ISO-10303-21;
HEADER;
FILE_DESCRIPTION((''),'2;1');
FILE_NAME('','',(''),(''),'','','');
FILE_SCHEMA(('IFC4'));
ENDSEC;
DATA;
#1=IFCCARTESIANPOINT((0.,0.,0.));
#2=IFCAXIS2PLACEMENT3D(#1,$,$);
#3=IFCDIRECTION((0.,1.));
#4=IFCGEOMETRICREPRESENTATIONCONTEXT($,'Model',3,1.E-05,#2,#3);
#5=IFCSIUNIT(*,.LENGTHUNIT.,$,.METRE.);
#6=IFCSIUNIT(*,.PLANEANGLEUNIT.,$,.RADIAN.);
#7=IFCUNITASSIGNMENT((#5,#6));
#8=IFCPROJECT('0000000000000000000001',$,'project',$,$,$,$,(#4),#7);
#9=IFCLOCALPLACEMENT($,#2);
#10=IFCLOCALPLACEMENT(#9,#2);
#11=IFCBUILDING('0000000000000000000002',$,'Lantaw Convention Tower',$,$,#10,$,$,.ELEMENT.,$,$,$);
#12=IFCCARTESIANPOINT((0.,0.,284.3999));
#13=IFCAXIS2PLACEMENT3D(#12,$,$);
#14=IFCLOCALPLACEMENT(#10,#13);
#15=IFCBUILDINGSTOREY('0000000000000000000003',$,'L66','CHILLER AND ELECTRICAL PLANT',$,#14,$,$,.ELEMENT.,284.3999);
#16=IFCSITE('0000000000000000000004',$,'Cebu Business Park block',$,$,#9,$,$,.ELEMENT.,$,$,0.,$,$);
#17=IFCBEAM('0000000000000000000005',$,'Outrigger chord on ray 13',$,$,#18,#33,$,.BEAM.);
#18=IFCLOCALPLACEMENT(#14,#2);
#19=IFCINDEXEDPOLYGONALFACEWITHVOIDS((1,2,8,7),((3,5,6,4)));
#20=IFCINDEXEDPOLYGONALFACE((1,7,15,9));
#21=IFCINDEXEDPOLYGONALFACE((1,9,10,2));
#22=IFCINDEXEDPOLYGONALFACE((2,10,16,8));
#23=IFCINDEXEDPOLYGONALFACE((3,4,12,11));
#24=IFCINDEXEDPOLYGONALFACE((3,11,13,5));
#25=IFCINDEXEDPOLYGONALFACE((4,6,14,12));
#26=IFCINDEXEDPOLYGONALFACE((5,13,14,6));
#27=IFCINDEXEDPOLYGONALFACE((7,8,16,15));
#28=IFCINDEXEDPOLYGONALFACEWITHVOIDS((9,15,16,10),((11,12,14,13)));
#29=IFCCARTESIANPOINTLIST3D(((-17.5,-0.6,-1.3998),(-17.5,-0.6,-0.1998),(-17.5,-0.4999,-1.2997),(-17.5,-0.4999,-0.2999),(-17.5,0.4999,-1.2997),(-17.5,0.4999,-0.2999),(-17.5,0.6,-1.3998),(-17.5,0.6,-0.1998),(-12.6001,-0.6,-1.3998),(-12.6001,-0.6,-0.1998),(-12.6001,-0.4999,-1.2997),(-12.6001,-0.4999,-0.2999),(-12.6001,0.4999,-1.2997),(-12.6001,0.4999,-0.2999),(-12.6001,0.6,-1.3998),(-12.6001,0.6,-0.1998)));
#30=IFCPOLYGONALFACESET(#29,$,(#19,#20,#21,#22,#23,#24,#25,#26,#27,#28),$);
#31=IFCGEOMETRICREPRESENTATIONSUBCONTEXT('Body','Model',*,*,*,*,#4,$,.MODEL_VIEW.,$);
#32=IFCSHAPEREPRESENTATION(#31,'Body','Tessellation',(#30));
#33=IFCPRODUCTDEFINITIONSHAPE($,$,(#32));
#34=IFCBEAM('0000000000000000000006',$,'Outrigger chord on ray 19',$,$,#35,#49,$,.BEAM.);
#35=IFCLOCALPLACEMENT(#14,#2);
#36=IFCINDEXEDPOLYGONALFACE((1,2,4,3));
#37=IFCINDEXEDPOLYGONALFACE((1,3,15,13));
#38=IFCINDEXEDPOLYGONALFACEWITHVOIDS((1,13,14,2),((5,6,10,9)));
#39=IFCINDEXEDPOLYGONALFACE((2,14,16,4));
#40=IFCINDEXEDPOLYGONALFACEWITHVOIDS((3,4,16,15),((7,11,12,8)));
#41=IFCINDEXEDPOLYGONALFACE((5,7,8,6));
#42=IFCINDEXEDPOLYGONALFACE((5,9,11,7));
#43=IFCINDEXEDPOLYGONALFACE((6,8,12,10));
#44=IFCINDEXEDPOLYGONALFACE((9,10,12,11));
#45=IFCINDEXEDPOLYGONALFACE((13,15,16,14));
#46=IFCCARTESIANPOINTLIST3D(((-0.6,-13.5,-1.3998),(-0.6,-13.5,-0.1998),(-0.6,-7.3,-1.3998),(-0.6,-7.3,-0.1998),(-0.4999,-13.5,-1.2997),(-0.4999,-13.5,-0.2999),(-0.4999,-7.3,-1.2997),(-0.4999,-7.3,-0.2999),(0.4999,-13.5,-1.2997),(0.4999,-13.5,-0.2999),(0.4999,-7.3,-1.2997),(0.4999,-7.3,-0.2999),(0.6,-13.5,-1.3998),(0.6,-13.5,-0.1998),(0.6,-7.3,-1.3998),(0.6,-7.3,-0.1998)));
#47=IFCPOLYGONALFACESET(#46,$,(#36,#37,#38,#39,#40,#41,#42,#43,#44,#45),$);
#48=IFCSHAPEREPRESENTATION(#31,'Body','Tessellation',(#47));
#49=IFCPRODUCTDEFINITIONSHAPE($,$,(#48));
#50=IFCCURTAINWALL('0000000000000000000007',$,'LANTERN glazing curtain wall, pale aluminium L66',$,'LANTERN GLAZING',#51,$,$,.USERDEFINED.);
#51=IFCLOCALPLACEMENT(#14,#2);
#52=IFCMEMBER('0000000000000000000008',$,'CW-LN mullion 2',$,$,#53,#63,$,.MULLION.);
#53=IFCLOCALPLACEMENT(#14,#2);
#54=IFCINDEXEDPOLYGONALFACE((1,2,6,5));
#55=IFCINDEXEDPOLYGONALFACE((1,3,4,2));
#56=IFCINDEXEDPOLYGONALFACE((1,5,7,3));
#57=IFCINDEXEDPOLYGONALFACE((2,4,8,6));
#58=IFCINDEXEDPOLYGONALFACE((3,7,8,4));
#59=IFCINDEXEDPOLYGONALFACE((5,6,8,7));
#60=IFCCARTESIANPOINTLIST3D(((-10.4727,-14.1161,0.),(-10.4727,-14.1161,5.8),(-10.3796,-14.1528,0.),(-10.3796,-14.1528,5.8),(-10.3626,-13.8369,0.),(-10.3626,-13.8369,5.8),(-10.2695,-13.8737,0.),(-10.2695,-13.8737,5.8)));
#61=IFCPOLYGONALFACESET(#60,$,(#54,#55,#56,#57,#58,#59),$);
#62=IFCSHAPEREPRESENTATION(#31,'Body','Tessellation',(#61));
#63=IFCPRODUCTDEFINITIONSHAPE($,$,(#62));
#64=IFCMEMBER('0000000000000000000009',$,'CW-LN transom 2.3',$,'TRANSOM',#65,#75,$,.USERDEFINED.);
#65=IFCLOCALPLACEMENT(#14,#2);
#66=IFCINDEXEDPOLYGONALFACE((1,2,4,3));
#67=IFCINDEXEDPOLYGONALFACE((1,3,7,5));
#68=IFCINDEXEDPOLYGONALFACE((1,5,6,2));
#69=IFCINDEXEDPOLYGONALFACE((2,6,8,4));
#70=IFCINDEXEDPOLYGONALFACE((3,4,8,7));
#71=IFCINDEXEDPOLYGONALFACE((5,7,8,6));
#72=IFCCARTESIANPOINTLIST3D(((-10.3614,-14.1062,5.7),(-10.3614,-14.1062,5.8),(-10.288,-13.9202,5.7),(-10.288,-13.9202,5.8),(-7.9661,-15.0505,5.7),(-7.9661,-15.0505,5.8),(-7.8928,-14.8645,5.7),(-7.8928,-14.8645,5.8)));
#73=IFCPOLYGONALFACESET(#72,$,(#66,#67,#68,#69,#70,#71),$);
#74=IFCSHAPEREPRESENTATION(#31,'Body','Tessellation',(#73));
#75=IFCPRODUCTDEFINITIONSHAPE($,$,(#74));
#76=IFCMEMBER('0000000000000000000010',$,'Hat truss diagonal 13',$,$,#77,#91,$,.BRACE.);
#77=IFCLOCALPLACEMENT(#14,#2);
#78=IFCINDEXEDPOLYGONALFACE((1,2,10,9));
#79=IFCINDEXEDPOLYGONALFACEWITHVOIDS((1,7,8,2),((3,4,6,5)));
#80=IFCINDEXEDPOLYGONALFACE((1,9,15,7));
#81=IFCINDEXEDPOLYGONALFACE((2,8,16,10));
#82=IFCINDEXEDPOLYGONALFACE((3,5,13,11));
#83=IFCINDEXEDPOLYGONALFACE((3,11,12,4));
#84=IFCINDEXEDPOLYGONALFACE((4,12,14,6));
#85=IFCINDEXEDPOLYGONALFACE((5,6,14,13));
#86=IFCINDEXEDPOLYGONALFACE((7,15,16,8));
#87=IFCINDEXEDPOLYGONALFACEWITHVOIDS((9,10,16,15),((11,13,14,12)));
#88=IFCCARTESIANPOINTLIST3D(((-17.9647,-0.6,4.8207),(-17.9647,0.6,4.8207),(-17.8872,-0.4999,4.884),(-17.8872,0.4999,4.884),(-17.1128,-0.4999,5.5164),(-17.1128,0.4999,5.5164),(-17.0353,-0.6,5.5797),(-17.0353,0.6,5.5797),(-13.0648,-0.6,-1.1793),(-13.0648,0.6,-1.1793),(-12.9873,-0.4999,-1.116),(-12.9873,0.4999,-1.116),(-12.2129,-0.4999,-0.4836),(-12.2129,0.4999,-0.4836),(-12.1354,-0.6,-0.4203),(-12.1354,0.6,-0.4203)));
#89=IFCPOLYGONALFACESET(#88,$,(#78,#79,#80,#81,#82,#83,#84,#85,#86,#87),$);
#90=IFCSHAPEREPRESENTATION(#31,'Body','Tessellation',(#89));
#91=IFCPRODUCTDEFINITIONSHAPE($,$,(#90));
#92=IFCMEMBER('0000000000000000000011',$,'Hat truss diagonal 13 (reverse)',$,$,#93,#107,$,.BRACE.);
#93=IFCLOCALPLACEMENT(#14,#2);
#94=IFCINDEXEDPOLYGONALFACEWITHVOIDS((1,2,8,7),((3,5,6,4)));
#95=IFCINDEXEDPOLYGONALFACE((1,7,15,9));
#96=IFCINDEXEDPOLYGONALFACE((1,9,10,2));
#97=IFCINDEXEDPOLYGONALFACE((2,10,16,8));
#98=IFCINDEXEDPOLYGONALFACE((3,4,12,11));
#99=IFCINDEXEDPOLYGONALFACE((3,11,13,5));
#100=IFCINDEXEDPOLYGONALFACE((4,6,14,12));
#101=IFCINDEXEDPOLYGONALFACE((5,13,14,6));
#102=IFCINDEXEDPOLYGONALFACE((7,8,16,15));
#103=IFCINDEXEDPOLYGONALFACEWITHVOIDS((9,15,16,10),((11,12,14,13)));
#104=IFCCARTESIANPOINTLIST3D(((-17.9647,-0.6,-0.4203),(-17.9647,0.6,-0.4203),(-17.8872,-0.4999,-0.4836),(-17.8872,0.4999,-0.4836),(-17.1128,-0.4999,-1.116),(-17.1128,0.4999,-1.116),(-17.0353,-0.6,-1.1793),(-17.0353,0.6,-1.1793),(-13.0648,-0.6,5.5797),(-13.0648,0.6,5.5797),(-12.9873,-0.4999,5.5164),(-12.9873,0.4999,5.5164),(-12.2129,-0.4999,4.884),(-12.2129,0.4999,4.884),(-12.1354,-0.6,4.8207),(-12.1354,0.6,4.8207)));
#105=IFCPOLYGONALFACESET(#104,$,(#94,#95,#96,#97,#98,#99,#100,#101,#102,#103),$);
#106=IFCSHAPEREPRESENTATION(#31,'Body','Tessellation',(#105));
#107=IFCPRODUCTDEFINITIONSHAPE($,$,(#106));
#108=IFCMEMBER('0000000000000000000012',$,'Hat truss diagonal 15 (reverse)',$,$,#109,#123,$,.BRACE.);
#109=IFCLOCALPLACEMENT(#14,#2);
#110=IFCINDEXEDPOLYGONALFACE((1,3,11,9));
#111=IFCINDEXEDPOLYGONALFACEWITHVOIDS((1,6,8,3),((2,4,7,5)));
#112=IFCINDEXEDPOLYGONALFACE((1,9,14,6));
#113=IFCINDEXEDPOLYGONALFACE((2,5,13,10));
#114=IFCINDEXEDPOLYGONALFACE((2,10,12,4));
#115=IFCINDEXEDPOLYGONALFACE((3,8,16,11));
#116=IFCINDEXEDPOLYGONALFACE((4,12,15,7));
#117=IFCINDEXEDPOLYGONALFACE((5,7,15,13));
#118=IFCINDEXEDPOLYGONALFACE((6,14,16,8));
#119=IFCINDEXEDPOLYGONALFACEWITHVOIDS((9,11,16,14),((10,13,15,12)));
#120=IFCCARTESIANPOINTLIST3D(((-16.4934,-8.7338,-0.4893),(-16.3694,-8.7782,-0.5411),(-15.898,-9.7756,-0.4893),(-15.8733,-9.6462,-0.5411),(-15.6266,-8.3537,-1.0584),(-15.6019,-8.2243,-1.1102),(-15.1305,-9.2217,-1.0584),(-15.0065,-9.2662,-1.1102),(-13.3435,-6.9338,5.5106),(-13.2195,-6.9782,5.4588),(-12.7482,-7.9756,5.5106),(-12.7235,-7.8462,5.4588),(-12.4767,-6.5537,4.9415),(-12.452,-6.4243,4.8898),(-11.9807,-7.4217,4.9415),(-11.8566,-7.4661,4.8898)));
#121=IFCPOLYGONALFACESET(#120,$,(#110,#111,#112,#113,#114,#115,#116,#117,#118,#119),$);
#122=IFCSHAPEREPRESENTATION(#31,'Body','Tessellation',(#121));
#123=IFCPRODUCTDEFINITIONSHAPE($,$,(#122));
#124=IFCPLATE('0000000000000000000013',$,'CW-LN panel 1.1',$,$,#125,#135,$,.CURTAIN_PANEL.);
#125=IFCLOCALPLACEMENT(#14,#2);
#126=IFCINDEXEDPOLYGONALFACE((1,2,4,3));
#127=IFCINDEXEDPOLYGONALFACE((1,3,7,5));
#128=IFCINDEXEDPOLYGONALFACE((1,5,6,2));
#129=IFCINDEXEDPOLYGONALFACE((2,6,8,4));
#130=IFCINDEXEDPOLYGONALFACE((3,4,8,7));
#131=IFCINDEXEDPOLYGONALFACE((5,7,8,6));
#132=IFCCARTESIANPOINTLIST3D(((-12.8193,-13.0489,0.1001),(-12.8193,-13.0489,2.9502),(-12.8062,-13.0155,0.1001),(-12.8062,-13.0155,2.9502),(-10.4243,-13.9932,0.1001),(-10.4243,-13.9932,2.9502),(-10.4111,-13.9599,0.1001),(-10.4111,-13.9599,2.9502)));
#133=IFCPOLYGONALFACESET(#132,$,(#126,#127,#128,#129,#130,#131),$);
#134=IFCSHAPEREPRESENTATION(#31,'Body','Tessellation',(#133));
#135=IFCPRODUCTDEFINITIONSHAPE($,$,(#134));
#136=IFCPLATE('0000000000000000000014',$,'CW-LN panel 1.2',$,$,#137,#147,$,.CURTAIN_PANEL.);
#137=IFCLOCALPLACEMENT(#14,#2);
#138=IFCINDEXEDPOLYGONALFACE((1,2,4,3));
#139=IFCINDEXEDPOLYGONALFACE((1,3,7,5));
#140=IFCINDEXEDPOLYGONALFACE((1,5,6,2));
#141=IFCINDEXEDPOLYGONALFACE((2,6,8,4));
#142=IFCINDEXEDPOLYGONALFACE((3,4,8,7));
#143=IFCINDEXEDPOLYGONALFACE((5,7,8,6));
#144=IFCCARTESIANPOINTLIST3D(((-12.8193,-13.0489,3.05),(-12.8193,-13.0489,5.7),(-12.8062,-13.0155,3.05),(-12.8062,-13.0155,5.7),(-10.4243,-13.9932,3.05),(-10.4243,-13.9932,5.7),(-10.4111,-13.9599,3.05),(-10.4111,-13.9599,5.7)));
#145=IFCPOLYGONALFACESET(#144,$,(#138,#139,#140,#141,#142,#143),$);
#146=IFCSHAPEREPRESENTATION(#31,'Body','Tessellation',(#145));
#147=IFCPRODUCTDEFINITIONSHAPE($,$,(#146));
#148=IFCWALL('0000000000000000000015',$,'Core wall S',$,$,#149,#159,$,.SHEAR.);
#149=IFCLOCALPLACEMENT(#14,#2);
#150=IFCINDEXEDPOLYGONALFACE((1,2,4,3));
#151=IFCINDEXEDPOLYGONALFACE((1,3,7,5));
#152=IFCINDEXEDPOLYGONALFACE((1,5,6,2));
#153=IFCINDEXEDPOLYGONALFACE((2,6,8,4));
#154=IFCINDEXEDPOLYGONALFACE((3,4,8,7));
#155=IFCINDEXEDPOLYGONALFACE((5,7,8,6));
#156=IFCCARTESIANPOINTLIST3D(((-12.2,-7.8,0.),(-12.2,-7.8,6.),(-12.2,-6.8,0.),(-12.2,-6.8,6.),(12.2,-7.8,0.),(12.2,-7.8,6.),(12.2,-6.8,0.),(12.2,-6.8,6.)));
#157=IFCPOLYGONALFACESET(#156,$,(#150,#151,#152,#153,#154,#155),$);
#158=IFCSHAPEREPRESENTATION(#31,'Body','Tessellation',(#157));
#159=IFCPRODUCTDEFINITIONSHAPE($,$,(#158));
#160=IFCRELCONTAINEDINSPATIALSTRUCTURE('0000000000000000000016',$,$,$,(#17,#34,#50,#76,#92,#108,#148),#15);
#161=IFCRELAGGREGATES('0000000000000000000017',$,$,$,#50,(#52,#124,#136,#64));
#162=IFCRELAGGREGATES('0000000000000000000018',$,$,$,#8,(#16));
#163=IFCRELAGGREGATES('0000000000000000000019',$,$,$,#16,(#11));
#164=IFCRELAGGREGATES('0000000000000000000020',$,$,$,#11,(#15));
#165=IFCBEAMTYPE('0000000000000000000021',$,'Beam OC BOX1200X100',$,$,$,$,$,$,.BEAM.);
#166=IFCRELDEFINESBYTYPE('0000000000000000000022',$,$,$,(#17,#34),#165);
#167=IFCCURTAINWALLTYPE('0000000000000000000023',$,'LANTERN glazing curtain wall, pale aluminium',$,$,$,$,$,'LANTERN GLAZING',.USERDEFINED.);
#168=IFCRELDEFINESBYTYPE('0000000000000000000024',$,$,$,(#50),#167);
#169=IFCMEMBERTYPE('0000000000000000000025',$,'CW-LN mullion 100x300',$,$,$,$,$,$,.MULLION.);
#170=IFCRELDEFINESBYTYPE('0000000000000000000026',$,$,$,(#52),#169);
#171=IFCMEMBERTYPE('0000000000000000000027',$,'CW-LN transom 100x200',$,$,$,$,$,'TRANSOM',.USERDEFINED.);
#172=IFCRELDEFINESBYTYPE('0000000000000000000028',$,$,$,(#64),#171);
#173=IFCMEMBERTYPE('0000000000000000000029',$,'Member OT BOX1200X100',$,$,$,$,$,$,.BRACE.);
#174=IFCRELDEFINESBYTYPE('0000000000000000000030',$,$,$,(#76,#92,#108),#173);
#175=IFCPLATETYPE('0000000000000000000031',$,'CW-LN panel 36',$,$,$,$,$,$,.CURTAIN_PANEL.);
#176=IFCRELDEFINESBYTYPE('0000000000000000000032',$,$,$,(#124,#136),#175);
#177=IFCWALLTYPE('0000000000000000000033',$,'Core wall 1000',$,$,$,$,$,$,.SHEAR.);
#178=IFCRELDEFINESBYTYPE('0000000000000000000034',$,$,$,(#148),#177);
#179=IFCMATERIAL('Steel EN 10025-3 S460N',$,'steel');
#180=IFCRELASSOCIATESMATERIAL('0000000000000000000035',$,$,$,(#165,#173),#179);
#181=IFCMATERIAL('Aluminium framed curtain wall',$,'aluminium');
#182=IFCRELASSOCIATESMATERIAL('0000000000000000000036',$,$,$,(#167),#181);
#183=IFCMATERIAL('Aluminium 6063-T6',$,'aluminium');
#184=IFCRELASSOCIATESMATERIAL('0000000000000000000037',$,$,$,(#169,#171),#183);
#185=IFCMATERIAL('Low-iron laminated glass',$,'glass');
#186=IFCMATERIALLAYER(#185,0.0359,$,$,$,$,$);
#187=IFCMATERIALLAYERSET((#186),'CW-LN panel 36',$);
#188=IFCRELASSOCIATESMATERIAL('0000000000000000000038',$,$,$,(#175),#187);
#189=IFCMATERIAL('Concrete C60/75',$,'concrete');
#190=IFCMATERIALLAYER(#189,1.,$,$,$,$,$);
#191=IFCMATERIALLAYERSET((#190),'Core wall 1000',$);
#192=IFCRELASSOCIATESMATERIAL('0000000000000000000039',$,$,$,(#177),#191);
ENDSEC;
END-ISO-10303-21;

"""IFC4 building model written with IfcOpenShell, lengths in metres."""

from ifc_helpers import new_model, si_unit, direction, frame, frame_2d, origin, origin_2d, place, context, subcontext, project, spatial, rectangle, hollow_rectangle, extrude, material, layer, layer_set, material_profile, profile_set, type_object, element, aggregate, save


model = new_model("IFC4")

# Units and contexts
model_context = context("Model", 3, precision=1e-05, world=origin(), true_north=direction((0.0, 1.0)))
body_context = subcontext(model_context, "Body", "Model", "MODEL_VIEW")
ifc_project = project(units=[si_unit("LENGTHUNIT", "METRE"), si_unit("PLANEANGLEUNIT", "RADIAN")], contexts=[model_context])

# Site, building, storey
site_placement = place(None, origin())
site = spatial("IfcSite", under=ifc_project, at=site_placement, Name="Cebu Business Park block", CompositionType="ELEMENT", RefElevation=0.0)
building_placement = place(site_placement, origin())
building = spatial("IfcBuilding", under=site, at=building_placement, Name="Lantaw Convention Tower", CompositionType="ELEMENT")
storey_placement = place(building_placement, frame((0.0, 0.0, 284.3999)))
storey = spatial("IfcBuildingStorey", under=building, at=storey_placement, Name="L66", Description="CHILLER AND ELECTRICAL PLANT", CompositionType="ELEMENT", Elevation=284.3999)

# Shared definitions
ifc_material_1 = material(Name="Steel EN 10025-3 S460N", Category="steel")
ifc_material_2 = material(Name="Concrete C60/75", Category="concrete")

# Beams
ifc_material_profile_1 = material_profile(ifc_material_1, hollow_rectangle(XDim=1.2, YDim=1.2, WallThickness=0.1001, at=origin_2d()), Name="BOX1200X100")
ifc_profile_set_1 = profile_set([ifc_material_profile_1], Name="Steel EN 10025-3 S460N")
beam_type_1 = type_object("IfcBeamType", Name="Beam OC BOX1200X100", PredefinedType="BEAM", material=ifc_profile_set_1)
beam_1_placement = place(storey_placement, frame((-12.6001, 0.0, -0.7998), z_axis=(-1.0, 0.0, 0.0), x_axis=(0.0, -1.0, 0.0)))
element("IfcBeam", 1, at=beam_1_placement, inside=storey, type_object=beam_type_1, Name="Outrigger chord on ray 13", PredefinedType="BEAM", context=body_context, shape_type="SweptSolid", body=[
    extrude(hollow_rectangle(XDim=1.2, YDim=1.2, WallThickness=0.1001, at=origin_2d()), origin(), (0.0, 0.0, 1.0), 4.8999),
])
beam_2_placement = place(storey_placement, frame((0.0, -7.3, -0.7998), z_axis=(0.0, -1.0, 0.0), x_axis=(1.0, 0.0, 0.0)))
element("IfcBeam", 2, at=beam_2_placement, inside=storey, type_object=beam_type_1, Name="Outrigger chord on ray 19", PredefinedType="BEAM", context=body_context, shape_type="SweptSolid", body=[
    extrude(hollow_rectangle(XDim=1.2, YDim=1.2, WallThickness=0.1001, at=origin_2d()), origin(), (0.0, 0.0, 1.0), 6.2),
])

# Curtain wall, members
ifc_material_3 = material(Name="Aluminium framed curtain wall", Category="aluminium")
curtain_wall_type = type_object("IfcCurtainWallType", Name="LANTERN glazing curtain wall, pale aluminium", ElementType="LANTERN GLAZING", PredefinedType="USERDEFINED", material=ifc_material_3)
curtain_wall_placement = place(storey_placement, origin())
curtain_wall = element("IfcCurtainWall", 3, at=curtain_wall_placement, inside=storey, type_object=curtain_wall_type, Name="LANTERN glazing curtain wall, pale aluminium L66", ObjectType="LANTERN GLAZING", PredefinedType="USERDEFINED")
ifc_material_4 = material(Name="Aluminium 6063-T6", Category="aluminium")
ifc_material_profile_2 = material_profile(ifc_material_4, rectangle(XDim=0.3, YDim=0.1001, at=origin_2d()), Name="CW-LN mullion 100x300")
ifc_profile_set_2 = profile_set([ifc_material_profile_2], Name="Aluminium 6063-T6")
member_type_1 = type_object("IfcMemberType", Name="CW-LN mullion 100x300", PredefinedType="MULLION", material=ifc_profile_set_2)
member_1_placement = place(storey_placement, frame((-10.3711, -13.9949, 0.0), z_axis=(0.0, 0.0, 1.0), x_axis=(0.366802, 0.930299, 0.0)))
member_1 = element("IfcMember", 4, at=member_1_placement, type_object=member_type_1, Name="CW-LN mullion 2", PredefinedType="MULLION", context=body_context, shape_type="SweptSolid", body=[
    extrude(rectangle(XDim=0.3, YDim=0.1001, at=origin_2d()), origin(), (0.0, 0.0, 1.0), 5.8),
])
ifc_material_profile_3 = material_profile(ifc_material_4, rectangle(XDim=0.2, YDim=0.1001, at=origin_2d()), Name="CW-LN transom 100x200")
ifc_profile_set_3 = profile_set([ifc_material_profile_3], Name="Aluminium 6063-T6")
member_type_2 = type_object("IfcMemberType", Name="CW-LN transom 100x200", ElementType="TRANSOM", PredefinedType="USERDEFINED", material=ifc_profile_set_3)
member_2_placement = place(storey_placement, frame((-10.3247, -14.0132, 5.75), z_axis=(0.930309, -0.366776, 0.0), x_axis=(0.366776, 0.930309, 0.0)))
member_2 = element("IfcMember", 5, at=member_2_placement, type_object=member_type_2, Name="CW-LN transom 2.3", ObjectType="TRANSOM", PredefinedType="USERDEFINED", context=body_context, shape_type="SweptSolid", body=[
    extrude(rectangle(XDim=0.2, YDim=0.1001, at=origin_2d()), origin(), (0.0, 0.0, 1.0), 2.5747),
])

# Members
ifc_material_profile_4 = material_profile(ifc_material_1, hollow_rectangle(XDim=1.2, YDim=1.2, WallThickness=0.1001, at=origin_2d()), Name="BOX1200X100")
ifc_profile_set_4 = profile_set([ifc_material_profile_4], Name="Steel EN 10025-3 S460N")
member_type_3 = type_object("IfcMemberType", Name="Member OT BOX1200X100", PredefinedType="BRACE", material=ifc_profile_set_4)
for number, where, z_axis, x_axis, name in (
    (6, (-12.6001, 0.0, -0.7998), (-0.632527, 0.0, 0.774538), (0.0, -1.0, 0.0), "Hat truss diagonal 13"),
    (7, (-12.6001, 0.0, 5.2002), (-0.632527, 0.0, -0.774538), (0.0, -1.0, 0.0), "Hat truss diagonal 13 (reverse)"),
):
    element("IfcMember", number, at=place(storey_placement, frame(where, z_axis=z_axis, x_axis=x_axis)), inside=storey, type_object=member_type_3, Name=name, PredefinedType="BRACE", context=body_context, shape_type="SweptSolid", body=[
        extrude(hollow_rectangle(XDim=1.2, YDim=1.2, WallThickness=0.1001, at=origin_2d()), origin(), (0.0, 0.0, 1.0), 7.7466),
    ])
member_3_placement = place(storey_placement, frame((-12.6001, -7.2, 5.2002), z_axis=(-0.449244, -0.256726, -0.855729), x_axis=(0.496161, -0.868231, 0.0)))
element("IfcMember", 8, at=member_3_placement, inside=storey, type_object=member_type_3, Name="Hat truss diagonal 15 (reverse)", PredefinedType="BRACE", context=body_context, shape_type="SweptSolid", body=[
    extrude(hollow_rectangle(XDim=1.2, YDim=1.2, WallThickness=0.1001, at=origin_2d()), origin(), (0.0, 0.0, 1.0), 7.0115),
])

# Plates
ifc_material_5 = material(Name="Low-iron laminated glass", Category="glass")
ifc_layer_1 = layer(ifc_material_5, 0.0359)
ifc_layer_set_1 = layer_set([ifc_layer_1], Name="CW-LN panel 36")
plate_type = type_object("IfcPlateType", Name="CW-LN panel 36", PredefinedType="CURTAIN_PANEL", material=ifc_layer_set_1)
plate_1_placement = place(storey_placement, frame((-11.6152, -13.5044, 0.1001), z_axis=(0.0, 0.0, 1.0), x_axis=(0.930299, -0.366802, 0.0)))
plate_1 = element("IfcPlate", 9, at=plate_1_placement, type_object=plate_type, Name="CW-LN panel 1.1", PredefinedType="CURTAIN_PANEL", context=body_context, shape_type="SweptSolid", body=[
    extrude(rectangle(XDim=2.5745, YDim=0.0359, at=origin_2d()), origin(), (0.0, 0.0, 1.0), 2.8501),
])
plate_2_placement = place(storey_placement, frame((-11.6152, -13.5044, 3.05), z_axis=(0.0, 0.0, 1.0), x_axis=(0.930299, -0.366802, 0.0)))
plate_2 = element("IfcPlate", 10, at=plate_2_placement, type_object=plate_type, Name="CW-LN panel 1.2", PredefinedType="CURTAIN_PANEL", context=body_context, shape_type="SweptSolid", body=[
    extrude(rectangle(XDim=2.5745, YDim=0.0359, at=origin_2d()), origin(), (0.0, 0.0, 1.0), 2.6499),
])
aggregate(curtain_wall, [member_1, plate_1, plate_2, member_2])

# Wall
ifc_layer_2 = layer(ifc_material_2, 1.0)
ifc_layer_set_2 = layer_set([ifc_layer_2], Name="Core wall 1000")
wall_type_1 = type_object("IfcWallType", Name="Core wall 1000", PredefinedType="SHEAR", material=ifc_layer_set_2)
wall_1_placement = place(storey_placement, frame((-12.2, -7.3, 0.0), z_axis=(0.0, 0.0, 1.0), x_axis=(1.0, 0.0, 0.0)))
element("IfcWall", 11, at=wall_1_placement, inside=storey, type_object=wall_type_1, Name="Core wall S", PredefinedType="SHEAR", context=body_context, shape_type="SweptSolid", body=[
    extrude(rectangle(XDim=24.3999, YDim=1.0, at=frame_2d((12.2, 0.0))), origin(), (0.0, 0.0, 1.0), 6.0),
])

save(model, "model.ifc")
